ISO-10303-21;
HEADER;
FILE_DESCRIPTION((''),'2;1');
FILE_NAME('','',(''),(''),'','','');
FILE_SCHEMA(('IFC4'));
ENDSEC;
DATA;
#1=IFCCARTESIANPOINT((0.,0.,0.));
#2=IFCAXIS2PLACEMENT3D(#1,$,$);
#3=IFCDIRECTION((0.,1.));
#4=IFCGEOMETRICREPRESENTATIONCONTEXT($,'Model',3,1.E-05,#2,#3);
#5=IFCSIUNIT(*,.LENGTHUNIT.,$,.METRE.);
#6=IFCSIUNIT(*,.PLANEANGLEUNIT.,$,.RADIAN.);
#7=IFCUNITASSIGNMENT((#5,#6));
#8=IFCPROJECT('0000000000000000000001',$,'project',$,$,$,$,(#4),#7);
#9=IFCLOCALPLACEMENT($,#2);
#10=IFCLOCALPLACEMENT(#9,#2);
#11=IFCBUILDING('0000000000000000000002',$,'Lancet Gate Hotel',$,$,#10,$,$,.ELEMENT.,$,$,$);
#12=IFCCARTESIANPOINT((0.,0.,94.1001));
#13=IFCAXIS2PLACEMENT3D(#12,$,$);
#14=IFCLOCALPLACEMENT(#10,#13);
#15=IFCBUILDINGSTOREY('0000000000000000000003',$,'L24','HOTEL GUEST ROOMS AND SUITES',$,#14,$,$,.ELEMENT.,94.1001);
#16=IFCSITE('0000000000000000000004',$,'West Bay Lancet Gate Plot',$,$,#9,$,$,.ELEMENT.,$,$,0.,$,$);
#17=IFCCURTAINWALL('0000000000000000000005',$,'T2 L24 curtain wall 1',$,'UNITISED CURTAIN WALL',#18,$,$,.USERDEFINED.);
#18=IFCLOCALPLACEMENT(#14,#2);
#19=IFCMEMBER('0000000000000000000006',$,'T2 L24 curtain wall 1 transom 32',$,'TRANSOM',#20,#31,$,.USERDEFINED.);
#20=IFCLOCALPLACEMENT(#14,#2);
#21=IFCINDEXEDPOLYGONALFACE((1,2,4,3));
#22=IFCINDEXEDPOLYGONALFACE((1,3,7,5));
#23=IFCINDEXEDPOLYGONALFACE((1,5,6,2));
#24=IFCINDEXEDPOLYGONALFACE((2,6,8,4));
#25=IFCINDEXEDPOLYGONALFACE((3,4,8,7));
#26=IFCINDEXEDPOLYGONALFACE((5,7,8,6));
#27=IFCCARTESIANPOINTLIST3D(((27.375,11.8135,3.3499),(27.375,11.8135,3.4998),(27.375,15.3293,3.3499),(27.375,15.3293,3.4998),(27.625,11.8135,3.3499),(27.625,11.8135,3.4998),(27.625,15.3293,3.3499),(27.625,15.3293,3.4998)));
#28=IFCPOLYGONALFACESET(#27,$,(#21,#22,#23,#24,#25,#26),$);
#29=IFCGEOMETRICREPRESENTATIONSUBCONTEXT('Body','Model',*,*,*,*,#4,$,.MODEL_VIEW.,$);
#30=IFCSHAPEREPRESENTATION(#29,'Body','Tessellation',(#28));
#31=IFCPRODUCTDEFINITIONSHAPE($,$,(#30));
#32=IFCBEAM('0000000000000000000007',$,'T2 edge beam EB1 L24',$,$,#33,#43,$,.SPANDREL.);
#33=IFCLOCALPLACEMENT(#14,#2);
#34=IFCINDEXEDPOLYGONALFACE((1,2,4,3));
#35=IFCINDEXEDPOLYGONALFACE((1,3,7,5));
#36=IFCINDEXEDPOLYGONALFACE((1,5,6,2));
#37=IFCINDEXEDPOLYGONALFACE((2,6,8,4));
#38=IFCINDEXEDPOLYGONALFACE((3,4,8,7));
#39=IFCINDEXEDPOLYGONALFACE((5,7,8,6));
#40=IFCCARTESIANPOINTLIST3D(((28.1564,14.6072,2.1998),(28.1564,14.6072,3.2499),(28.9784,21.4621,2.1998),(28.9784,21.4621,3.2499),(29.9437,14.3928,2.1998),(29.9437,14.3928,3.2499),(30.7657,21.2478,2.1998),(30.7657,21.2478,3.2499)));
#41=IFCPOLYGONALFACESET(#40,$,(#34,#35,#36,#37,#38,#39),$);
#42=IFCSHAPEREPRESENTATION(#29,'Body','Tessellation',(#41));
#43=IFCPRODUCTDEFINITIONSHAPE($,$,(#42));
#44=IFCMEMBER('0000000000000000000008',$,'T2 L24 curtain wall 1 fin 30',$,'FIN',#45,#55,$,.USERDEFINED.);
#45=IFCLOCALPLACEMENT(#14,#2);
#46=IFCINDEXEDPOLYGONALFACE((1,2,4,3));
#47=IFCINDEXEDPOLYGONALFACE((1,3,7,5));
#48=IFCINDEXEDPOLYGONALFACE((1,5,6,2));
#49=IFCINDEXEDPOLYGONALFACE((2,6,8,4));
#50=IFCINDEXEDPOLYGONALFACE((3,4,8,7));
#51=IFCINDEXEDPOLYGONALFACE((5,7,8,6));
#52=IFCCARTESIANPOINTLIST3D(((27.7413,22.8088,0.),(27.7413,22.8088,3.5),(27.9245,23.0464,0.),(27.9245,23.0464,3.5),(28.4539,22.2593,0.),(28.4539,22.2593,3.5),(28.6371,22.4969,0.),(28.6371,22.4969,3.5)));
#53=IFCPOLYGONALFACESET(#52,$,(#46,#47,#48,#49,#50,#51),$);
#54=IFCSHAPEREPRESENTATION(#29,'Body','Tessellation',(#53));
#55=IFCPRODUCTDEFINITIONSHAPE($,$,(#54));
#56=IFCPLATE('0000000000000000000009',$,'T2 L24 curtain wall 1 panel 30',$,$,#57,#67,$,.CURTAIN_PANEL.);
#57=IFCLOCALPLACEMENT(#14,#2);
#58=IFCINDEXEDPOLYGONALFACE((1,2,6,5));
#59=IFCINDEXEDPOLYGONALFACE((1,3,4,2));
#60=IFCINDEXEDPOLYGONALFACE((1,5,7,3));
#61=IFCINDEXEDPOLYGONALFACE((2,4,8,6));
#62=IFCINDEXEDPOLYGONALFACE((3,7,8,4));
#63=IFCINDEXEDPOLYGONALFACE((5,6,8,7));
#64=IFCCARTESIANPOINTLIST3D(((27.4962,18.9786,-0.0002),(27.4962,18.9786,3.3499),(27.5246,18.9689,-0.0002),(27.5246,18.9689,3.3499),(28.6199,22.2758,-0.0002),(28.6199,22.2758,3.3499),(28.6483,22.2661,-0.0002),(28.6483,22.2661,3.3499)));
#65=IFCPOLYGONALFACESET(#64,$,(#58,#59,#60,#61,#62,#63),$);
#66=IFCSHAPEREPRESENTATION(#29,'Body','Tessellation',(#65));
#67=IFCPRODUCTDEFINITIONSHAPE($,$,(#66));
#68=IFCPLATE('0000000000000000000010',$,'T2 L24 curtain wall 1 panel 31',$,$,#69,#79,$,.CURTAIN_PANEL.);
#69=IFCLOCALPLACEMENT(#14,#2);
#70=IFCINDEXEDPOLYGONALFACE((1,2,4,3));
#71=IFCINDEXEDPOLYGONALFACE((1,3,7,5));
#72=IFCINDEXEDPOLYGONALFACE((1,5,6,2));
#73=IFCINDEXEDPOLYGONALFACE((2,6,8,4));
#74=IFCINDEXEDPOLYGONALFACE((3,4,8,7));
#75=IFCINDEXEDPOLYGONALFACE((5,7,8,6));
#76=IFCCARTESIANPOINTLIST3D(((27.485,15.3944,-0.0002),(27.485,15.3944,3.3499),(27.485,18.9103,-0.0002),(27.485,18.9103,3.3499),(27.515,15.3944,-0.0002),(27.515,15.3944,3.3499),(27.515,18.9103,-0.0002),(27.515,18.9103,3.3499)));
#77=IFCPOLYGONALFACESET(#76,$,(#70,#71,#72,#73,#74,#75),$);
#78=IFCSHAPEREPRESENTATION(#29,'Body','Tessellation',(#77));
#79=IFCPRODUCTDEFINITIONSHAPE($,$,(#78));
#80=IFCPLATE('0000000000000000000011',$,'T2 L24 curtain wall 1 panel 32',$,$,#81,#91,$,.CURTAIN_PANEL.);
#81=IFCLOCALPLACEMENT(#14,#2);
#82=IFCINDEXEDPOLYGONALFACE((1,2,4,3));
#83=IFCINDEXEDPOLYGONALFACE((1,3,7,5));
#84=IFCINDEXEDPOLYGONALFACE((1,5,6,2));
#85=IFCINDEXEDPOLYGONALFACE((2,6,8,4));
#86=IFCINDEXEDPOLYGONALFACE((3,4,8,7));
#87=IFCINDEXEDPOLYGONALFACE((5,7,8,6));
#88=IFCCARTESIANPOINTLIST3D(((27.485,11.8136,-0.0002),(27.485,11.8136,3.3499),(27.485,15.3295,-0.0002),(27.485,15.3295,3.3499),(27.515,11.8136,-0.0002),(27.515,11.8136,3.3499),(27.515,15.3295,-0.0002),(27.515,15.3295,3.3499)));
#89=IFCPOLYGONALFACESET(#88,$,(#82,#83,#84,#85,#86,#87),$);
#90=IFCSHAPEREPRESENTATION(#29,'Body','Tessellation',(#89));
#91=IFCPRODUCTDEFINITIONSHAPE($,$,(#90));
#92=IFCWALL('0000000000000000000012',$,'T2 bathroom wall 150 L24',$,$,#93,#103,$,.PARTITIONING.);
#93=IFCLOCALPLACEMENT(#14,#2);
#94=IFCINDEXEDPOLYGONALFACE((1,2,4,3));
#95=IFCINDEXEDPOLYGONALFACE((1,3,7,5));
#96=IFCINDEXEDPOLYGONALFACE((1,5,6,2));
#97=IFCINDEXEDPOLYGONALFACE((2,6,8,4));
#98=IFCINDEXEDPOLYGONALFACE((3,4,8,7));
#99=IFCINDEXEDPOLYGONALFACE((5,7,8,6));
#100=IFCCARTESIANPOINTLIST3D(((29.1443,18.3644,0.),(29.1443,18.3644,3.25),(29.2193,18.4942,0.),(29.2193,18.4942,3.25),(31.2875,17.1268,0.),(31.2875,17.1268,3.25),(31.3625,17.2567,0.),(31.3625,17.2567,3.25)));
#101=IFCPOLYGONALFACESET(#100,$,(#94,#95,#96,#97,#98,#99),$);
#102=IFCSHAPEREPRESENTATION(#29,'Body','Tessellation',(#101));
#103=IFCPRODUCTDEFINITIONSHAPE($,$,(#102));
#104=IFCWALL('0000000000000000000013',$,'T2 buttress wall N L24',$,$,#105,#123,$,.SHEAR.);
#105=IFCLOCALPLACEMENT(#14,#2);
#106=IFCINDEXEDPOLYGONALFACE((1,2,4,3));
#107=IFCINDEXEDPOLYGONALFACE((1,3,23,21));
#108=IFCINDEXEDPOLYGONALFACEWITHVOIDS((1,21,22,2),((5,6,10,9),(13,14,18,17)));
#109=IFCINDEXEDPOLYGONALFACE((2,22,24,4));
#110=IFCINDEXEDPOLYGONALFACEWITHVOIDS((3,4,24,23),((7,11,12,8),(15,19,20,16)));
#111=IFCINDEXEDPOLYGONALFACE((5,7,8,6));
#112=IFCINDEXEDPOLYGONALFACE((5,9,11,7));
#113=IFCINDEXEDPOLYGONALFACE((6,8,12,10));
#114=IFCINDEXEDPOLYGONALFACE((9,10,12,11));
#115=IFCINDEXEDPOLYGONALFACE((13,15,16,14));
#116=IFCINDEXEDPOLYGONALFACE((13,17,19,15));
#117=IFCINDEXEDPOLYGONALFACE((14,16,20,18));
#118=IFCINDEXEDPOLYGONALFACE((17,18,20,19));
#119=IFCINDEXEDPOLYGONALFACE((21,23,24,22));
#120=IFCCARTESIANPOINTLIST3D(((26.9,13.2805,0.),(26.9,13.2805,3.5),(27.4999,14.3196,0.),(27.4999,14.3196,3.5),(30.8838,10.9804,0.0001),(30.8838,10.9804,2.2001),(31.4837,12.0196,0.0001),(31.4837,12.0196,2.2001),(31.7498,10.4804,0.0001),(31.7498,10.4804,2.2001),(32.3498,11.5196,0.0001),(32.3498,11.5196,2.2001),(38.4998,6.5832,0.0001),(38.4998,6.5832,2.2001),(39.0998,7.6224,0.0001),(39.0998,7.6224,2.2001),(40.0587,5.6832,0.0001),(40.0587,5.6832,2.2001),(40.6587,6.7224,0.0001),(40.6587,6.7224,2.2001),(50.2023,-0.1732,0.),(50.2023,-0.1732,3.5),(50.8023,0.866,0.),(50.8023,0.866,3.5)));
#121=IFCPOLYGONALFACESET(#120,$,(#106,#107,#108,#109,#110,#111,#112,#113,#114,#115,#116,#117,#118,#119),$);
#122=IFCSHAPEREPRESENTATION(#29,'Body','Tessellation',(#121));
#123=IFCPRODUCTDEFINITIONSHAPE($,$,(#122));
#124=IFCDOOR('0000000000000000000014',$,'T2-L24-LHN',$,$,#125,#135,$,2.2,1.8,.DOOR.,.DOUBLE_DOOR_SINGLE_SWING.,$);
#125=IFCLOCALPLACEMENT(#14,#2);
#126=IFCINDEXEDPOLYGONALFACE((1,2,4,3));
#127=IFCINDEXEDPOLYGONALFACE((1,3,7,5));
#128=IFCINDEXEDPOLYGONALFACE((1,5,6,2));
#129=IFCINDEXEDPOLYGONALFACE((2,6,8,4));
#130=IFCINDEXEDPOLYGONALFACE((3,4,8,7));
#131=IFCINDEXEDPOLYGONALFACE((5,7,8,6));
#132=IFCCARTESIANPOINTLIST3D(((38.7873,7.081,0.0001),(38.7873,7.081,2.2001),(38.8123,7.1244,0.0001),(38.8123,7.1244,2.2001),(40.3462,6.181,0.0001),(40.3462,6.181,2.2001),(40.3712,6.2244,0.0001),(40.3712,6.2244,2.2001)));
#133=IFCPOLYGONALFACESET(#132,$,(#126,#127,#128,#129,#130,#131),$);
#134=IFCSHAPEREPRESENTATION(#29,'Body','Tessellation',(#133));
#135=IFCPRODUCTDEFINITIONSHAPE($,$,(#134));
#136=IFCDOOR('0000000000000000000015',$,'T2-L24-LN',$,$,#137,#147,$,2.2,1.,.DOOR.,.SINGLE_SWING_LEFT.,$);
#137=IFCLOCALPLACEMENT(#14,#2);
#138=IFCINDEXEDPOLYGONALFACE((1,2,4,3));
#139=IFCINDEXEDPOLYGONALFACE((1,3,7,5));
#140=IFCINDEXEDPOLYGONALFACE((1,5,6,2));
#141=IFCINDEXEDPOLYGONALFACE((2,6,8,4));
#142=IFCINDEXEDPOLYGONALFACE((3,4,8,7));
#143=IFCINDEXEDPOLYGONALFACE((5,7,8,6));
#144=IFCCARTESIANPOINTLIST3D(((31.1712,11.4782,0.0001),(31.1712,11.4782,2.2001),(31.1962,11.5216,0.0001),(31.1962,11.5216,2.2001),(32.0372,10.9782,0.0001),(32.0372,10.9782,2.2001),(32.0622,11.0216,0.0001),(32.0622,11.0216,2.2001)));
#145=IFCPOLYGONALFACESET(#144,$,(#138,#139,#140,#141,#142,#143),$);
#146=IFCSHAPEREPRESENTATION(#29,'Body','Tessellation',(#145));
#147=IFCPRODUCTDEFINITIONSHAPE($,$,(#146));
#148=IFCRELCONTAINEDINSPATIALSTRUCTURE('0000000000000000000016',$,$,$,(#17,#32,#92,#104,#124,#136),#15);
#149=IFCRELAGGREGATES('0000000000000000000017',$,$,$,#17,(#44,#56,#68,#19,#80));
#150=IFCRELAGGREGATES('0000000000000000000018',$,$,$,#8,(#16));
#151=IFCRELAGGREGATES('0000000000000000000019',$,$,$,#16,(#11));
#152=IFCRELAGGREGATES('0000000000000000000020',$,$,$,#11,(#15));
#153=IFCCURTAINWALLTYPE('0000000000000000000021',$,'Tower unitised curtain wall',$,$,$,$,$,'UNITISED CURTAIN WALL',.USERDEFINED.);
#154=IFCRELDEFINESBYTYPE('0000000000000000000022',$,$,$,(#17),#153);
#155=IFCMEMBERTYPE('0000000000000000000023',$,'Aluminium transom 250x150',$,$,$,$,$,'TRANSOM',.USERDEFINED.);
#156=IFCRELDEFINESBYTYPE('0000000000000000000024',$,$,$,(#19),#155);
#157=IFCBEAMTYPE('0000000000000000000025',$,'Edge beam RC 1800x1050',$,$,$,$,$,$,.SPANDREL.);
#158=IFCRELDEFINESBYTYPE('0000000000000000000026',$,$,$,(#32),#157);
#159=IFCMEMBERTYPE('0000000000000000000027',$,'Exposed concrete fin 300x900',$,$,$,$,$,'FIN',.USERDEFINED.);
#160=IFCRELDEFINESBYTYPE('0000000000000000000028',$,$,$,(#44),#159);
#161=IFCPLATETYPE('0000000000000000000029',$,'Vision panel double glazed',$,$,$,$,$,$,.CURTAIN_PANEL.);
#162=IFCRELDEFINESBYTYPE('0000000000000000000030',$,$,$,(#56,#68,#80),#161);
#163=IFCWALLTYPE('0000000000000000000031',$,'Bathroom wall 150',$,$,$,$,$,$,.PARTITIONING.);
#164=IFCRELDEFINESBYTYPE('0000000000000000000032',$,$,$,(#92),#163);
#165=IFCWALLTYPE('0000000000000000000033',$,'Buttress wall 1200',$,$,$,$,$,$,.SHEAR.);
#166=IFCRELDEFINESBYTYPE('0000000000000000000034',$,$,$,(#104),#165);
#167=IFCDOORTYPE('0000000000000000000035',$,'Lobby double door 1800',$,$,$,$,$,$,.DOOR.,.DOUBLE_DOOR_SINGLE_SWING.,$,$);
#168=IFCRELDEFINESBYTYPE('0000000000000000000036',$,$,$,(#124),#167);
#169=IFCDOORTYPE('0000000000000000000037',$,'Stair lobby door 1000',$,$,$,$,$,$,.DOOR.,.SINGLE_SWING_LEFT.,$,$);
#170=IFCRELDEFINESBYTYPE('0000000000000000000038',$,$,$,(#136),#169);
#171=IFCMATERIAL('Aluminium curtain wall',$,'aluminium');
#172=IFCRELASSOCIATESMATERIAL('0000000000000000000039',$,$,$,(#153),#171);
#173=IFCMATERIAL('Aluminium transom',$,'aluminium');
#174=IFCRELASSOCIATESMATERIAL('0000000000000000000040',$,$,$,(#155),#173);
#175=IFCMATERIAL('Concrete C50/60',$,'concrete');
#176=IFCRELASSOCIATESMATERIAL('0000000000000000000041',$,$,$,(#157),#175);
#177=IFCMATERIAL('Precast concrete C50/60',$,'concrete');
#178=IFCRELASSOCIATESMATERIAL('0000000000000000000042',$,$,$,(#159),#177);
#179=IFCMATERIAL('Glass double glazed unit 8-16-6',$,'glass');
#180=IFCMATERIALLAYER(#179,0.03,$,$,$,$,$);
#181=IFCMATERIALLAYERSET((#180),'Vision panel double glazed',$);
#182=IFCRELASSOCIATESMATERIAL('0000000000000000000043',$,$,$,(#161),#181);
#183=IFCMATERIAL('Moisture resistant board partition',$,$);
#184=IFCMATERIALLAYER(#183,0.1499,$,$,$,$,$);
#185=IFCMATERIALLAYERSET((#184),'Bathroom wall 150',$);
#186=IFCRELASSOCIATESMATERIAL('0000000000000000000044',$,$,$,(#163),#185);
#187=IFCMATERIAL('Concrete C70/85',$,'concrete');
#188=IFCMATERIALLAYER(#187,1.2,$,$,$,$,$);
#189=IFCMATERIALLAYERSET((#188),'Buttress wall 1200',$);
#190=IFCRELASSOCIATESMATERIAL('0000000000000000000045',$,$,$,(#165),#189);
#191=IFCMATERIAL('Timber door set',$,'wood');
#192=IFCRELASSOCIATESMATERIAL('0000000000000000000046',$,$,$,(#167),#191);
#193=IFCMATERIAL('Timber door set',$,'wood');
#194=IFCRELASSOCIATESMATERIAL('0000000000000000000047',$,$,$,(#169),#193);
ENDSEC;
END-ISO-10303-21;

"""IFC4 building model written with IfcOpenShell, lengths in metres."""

from ifc_helpers import new_model, si_unit, direction, frame, frame_2d, origin, origin_2d, place, context, subcontext, project, spatial, rectangle, extrude, material, layer, layer_set, material_profile, profile_set, type_object, element, fill, aggregate, save


model = new_model("IFC4")

# Units and contexts
model_context = context("Model", 3, precision=1e-05, world=origin(), true_north=direction((0.0, 1.0)))
body_context = subcontext(model_context, "Body", "Model", "MODEL_VIEW")
ifc_project = project(units=[si_unit("LENGTHUNIT", "METRE"), si_unit("PLANEANGLEUNIT", "RADIAN")], contexts=[model_context])

# Site, building, storey
site_placement = place(None, origin())
site = spatial("IfcSite", under=ifc_project, at=site_placement, Name="West Bay Lancet Gate Plot", CompositionType="ELEMENT", RefElevation=0.0)
building_placement = place(site_placement, origin())
building = spatial("IfcBuilding", under=site, at=building_placement, Name="Lancet Gate Hotel", CompositionType="ELEMENT")
storey_placement = place(building_placement, frame((0.0, 0.0, 94.1001)))
storey = spatial("IfcBuildingStorey", under=building, at=storey_placement, Name="L24", Description="HOTEL GUEST ROOMS AND SUITES", CompositionType="ELEMENT", Elevation=94.1001)

# Curtain wall, member
ifc_material_1 = material(Name="Aluminium curtain wall", Category="aluminium")
curtain_wall_type = type_object("IfcCurtainWallType", Name="Tower unitised curtain wall", ElementType="UNITISED CURTAIN WALL", PredefinedType="USERDEFINED", material=ifc_material_1)
curtain_wall_placement = place(storey_placement, origin())
curtain_wall = element("IfcCurtainWall", 1, at=curtain_wall_placement, inside=storey, type_object=curtain_wall_type, Name="T2 L24 curtain wall 1", ObjectType="UNITISED CURTAIN WALL", PredefinedType="USERDEFINED")
ifc_material_2 = material(Name="Aluminium transom", Category="aluminium")
ifc_material_profile_1 = material_profile(ifc_material_2, rectangle(XDim=0.25, YDim=0.1499, at=origin_2d()), Name="TRANSOM 250x150")
ifc_profile_set_1 = profile_set([ifc_material_profile_1], Name="Aluminium transom")
member_type_1 = type_object("IfcMemberType", Name="Aluminium transom 250x150", ElementType="TRANSOM", PredefinedType="USERDEFINED", material=ifc_profile_set_1)
member_1_placement = place(storey_placement, frame((27.5, 15.3293, 3.4248), z_axis=(0.0, -1.0, 0.0), x_axis=(1.0, 0.0, 0.0)))
member_1 = element("IfcMember", 2, at=member_1_placement, type_object=member_type_1, Name="T2 L24 curtain wall 1 transom 32", ObjectType="TRANSOM", PredefinedType="USERDEFINED", context=body_context, shape_type="SweptSolid", body=[
    extrude(rectangle(XDim=0.25, YDim=0.1499, at=origin_2d()), origin(), (0.0, 0.0, 1.0), 3.5159),
])

# Beam
ifc_material_3 = material(Name="Concrete C50/60", Category="concrete")
ifc_material_profile_2 = material_profile(ifc_material_3, rectangle(XDim=1.8, YDim=1.05, at=origin_2d()), Name="RC 1800x1050")
ifc_profile_set_2 = profile_set([ifc_material_profile_2], Name="Concrete C50/60")
beam_type = type_object("IfcBeamType", Name="Edge beam RC 1800x1050", PredefinedType="SPANDREL", material=ifc_profile_set_2)
beam_placement = place(storey_placement, frame((29.05, 14.5, 2.7249), z_axis=(0.119063, 0.992887, 0.0), x_axis=(-0.992887, 0.119063, 0.0)))
element("IfcBeam", 3, at=beam_placement, inside=storey, type_object=beam_type, Name="T2 edge beam EB1 L24", PredefinedType="SPANDREL", context=body_context, shape_type="SweptSolid", body=[
    extrude(rectangle(XDim=1.8, YDim=1.05, at=origin_2d()), origin(), (0.0, 0.0, 1.0), 6.9041),
])

# Member
ifc_material_4 = material(Name="Precast concrete C50/60", Category="concrete")
ifc_material_profile_3 = material_profile(ifc_material_4, rectangle(XDim=0.3, YDim=0.8999, at=origin_2d()), Name="FIN 300x900")
ifc_profile_set_3 = profile_set([ifc_material_profile_3], Name="Precast concrete C50/60")
member_type_2 = type_object("IfcMemberType", Name="Exposed concrete fin 300x900", ElementType="FIN", PredefinedType="USERDEFINED", material=ifc_profile_set_3)
member_2_placement = place(storey_placement, frame((28.1892, 22.6528, 0.0), z_axis=(0.0, 0.0, 1.0), x_axis=(-0.610664, -0.79189, 0.0)))
member_2 = element("IfcMember", 4, at=member_2_placement, type_object=member_type_2, Name="T2 L24 curtain wall 1 fin 30", ObjectType="FIN", PredefinedType="USERDEFINED", context=body_context, shape_type="SweptSolid", body=[
    extrude(rectangle(XDim=0.3, YDim=0.8999, at=origin_2d()), origin(), (0.0, 0.0, 1.0), 3.5),
])

# Plates
ifc_material_5 = material(Name="Glass double glazed unit 8-16-6", Category="glass")
ifc_layer_1 = layer(ifc_material_5, 0.03)
ifc_layer_set_1 = layer_set([ifc_layer_1], Name="Vision panel double glazed")
plate_type = type_object("IfcPlateType", Name="Vision panel double glazed", PredefinedType="CURTAIN_PANEL", material=ifc_layer_set_1)
plate_1_placement = place(storey_placement, frame((28.0723, 20.6223, -0.0002), z_axis=(0.0, 0.0, 1.0), x_axis=(-0.322576, -0.946544, 0.0)))
plate_1 = element("IfcPlate", 5, at=plate_1_placement, type_object=plate_type, Name="T2 L24 curtain wall 1 panel 30", PredefinedType="CURTAIN_PANEL", context=body_context, shape_type="SweptSolid", body=[
    extrude(rectangle(XDim=3.4834, YDim=0.03, at=origin_2d()), origin(), (0.0, 0.0, 1.0), 3.3501),
])
plate_2_placement = place(storey_placement, frame((27.5, 17.1523, -0.0002), z_axis=(0.0, 0.0, 1.0), x_axis=(0.0, -1.0, 0.0)))
plate_2 = element("IfcPlate", 6, at=plate_2_placement, type_object=plate_type, Name="T2 L24 curtain wall 1 panel 31", PredefinedType="CURTAIN_PANEL", context=body_context, shape_type="SweptSolid", body=[
    extrude(rectangle(XDim=3.5159, YDim=0.03, at=origin_2d()), origin(), (0.0, 0.0, 1.0), 3.3501),
])
plate_3_placement = place(storey_placement, frame((27.5, 13.5715, -0.0002), z_axis=(0.0, 0.0, 1.0), x_axis=(0.0, -1.0, 0.0)))
plate_3 = element("IfcPlate", 7, at=plate_3_placement, type_object=plate_type, Name="T2 L24 curtain wall 1 panel 32", PredefinedType="CURTAIN_PANEL", context=body_context, shape_type="SweptSolid", body=[
    extrude(rectangle(XDim=3.5159, YDim=0.03, at=origin_2d()), origin(), (0.0, 0.0, 1.0), 3.3501),
])
aggregate(curtain_wall, [member_2, plate_1, plate_2, member_1, plate_3])

# Wall
ifc_material_6 = material(Name="Moisture resistant board partition")
ifc_layer_2 = layer(ifc_material_6, 0.1499)
ifc_layer_set_2 = layer_set([ifc_layer_2], Name="Bathroom wall 150")
wall_type_1 = type_object("IfcWallType", Name="Bathroom wall 150", PredefinedType="PARTITIONING", material=ifc_layer_set_2)
wall_1_placement = place(storey_placement, frame((29.1819, 18.4292, 0.0), z_axis=(0.0, 0.0, 1.0), x_axis=(0.866007, -0.500033, 0.0)))
element("IfcWall", 8, at=wall_1_placement, inside=storey, type_object=wall_type_1, Name="T2 bathroom wall 150 L24", PredefinedType="PARTITIONING", context=body_context, shape_type="SweptSolid", body=[
    extrude(rectangle(XDim=2.4749, YDim=0.1499, at=frame_2d((1.2373, 0.0))), origin(), (0.0, 0.0, 1.0), 3.25),
])

# Wall, openings, doors
ifc_material_7 = material(Name="Concrete C70/85", Category="concrete")
ifc_layer_3 = layer(ifc_material_7, 1.2)
ifc_layer_set_3 = layer_set([ifc_layer_3], Name="Buttress wall 1200")
wall_type_2 = type_object("IfcWallType", Name="Buttress wall 1200", PredefinedType="SHEAR", material=ifc_layer_set_3)
wall_2_placement = place(storey_placement, frame((27.2, 13.8, 0.0), z_axis=(0.0, 0.0, 1.0), x_axis=(0.866025, -0.500002, 0.0)))
wall_2 = element("IfcWall", 9, at=wall_2_placement, inside=storey, type_object=wall_type_2, Name="T2 buttress wall N L24", PredefinedType="SHEAR", context=body_context, shape_type="SweptSolid", body=[
    extrude(rectangle(XDim=26.9072, YDim=1.2, at=frame_2d((13.4536, 0.0))), origin(), (0.0, 0.0, 1.0), 3.5),
])
opening_1_placement = place(wall_2_placement, frame((4.6001, 0.0, 0.0)))
opening_1 = element("IfcOpeningElement", 10, at=opening_1_placement, cuts=wall_2, PredefinedType="OPENING", context=body_context, shape_type="SweptSolid", body=[
    extrude(rectangle(XDim=1.0, YDim=2.2, at=frame_2d((0.5, 1.1001))), frame((0.0, 0.6099, 0.0), z_axis=(0.0, -1.0, 0.0), x_axis=(1.0, 0.0, 0.0)), (0.0, 0.0, 1.0), 1.22),
])
opening_2_placement = place(wall_2_placement, frame((13.3945, 0.0, 0.0)))
opening_2 = element("IfcOpeningElement", 11, at=opening_2_placement, cuts=wall_2, PredefinedType="OPENING", context=body_context, shape_type="SweptSolid", body=[
    extrude(rectangle(XDim=1.8, YDim=2.2, at=frame_2d((0.8999, 1.1001))), frame((0.0, 0.6099, 0.0), z_axis=(0.0, -1.0, 0.0), x_axis=(1.0, 0.0, 0.0)), (0.0, 0.0, 1.0), 1.22),
])
ifc_material_8 = material(Name="Timber door set", Category="wood")
door_type_1 = type_object("IfcDoorType", Name="Lobby double door 1800", OperationType="DOUBLE_DOOR_SINGLE_SWING", PredefinedType="DOOR", material=ifc_material_8)
door_1_placement = place(opening_2_placement, origin())
door_1 = element("IfcDoor", 12, at=door_1_placement, inside=storey, type_object=door_type_1, Name="T2-L24-LHN", OperationType="DOUBLE_DOOR_SINGLE_SWING", OverallHeight=2.2, OverallWidth=1.8, PredefinedType="DOOR", context=body_context, shape_type="SweptSolid", body=[
    extrude(rectangle(XDim=1.8, YDim=2.2, at=frame_2d((0.8999, 1.1001))), frame((0.0, 0.0249, 0.0), z_axis=(0.0, -1.0, 0.0), x_axis=(1.0, 0.0, 0.0)), (0.0, 0.0, 1.0), 0.05),
])
fill(opening_2, door_1)
ifc_material_9 = material(Name="Timber door set", Category="wood")
door_type_2 = type_object("IfcDoorType", Name="Stair lobby door 1000", OperationType="SINGLE_SWING_LEFT", PredefinedType="DOOR", material=ifc_material_9)
door_2_placement = place(opening_1_placement, origin())
door_2 = element("IfcDoor", 13, at=door_2_placement, inside=storey, type_object=door_type_2, Name="T2-L24-LN", OperationType="SINGLE_SWING_LEFT", OverallHeight=2.2, OverallWidth=1.0, PredefinedType="DOOR", context=body_context, shape_type="SweptSolid", body=[
    extrude(rectangle(XDim=1.0, YDim=2.2, at=frame_2d((0.5, 1.1001))), frame((0.0, 0.0249, 0.0), z_axis=(0.0, -1.0, 0.0), x_axis=(1.0, 0.0, 0.0)), (0.0, 0.0, 1.0), 0.05),
])
fill(opening_1, door_2)

save(model, "model.ifc")
